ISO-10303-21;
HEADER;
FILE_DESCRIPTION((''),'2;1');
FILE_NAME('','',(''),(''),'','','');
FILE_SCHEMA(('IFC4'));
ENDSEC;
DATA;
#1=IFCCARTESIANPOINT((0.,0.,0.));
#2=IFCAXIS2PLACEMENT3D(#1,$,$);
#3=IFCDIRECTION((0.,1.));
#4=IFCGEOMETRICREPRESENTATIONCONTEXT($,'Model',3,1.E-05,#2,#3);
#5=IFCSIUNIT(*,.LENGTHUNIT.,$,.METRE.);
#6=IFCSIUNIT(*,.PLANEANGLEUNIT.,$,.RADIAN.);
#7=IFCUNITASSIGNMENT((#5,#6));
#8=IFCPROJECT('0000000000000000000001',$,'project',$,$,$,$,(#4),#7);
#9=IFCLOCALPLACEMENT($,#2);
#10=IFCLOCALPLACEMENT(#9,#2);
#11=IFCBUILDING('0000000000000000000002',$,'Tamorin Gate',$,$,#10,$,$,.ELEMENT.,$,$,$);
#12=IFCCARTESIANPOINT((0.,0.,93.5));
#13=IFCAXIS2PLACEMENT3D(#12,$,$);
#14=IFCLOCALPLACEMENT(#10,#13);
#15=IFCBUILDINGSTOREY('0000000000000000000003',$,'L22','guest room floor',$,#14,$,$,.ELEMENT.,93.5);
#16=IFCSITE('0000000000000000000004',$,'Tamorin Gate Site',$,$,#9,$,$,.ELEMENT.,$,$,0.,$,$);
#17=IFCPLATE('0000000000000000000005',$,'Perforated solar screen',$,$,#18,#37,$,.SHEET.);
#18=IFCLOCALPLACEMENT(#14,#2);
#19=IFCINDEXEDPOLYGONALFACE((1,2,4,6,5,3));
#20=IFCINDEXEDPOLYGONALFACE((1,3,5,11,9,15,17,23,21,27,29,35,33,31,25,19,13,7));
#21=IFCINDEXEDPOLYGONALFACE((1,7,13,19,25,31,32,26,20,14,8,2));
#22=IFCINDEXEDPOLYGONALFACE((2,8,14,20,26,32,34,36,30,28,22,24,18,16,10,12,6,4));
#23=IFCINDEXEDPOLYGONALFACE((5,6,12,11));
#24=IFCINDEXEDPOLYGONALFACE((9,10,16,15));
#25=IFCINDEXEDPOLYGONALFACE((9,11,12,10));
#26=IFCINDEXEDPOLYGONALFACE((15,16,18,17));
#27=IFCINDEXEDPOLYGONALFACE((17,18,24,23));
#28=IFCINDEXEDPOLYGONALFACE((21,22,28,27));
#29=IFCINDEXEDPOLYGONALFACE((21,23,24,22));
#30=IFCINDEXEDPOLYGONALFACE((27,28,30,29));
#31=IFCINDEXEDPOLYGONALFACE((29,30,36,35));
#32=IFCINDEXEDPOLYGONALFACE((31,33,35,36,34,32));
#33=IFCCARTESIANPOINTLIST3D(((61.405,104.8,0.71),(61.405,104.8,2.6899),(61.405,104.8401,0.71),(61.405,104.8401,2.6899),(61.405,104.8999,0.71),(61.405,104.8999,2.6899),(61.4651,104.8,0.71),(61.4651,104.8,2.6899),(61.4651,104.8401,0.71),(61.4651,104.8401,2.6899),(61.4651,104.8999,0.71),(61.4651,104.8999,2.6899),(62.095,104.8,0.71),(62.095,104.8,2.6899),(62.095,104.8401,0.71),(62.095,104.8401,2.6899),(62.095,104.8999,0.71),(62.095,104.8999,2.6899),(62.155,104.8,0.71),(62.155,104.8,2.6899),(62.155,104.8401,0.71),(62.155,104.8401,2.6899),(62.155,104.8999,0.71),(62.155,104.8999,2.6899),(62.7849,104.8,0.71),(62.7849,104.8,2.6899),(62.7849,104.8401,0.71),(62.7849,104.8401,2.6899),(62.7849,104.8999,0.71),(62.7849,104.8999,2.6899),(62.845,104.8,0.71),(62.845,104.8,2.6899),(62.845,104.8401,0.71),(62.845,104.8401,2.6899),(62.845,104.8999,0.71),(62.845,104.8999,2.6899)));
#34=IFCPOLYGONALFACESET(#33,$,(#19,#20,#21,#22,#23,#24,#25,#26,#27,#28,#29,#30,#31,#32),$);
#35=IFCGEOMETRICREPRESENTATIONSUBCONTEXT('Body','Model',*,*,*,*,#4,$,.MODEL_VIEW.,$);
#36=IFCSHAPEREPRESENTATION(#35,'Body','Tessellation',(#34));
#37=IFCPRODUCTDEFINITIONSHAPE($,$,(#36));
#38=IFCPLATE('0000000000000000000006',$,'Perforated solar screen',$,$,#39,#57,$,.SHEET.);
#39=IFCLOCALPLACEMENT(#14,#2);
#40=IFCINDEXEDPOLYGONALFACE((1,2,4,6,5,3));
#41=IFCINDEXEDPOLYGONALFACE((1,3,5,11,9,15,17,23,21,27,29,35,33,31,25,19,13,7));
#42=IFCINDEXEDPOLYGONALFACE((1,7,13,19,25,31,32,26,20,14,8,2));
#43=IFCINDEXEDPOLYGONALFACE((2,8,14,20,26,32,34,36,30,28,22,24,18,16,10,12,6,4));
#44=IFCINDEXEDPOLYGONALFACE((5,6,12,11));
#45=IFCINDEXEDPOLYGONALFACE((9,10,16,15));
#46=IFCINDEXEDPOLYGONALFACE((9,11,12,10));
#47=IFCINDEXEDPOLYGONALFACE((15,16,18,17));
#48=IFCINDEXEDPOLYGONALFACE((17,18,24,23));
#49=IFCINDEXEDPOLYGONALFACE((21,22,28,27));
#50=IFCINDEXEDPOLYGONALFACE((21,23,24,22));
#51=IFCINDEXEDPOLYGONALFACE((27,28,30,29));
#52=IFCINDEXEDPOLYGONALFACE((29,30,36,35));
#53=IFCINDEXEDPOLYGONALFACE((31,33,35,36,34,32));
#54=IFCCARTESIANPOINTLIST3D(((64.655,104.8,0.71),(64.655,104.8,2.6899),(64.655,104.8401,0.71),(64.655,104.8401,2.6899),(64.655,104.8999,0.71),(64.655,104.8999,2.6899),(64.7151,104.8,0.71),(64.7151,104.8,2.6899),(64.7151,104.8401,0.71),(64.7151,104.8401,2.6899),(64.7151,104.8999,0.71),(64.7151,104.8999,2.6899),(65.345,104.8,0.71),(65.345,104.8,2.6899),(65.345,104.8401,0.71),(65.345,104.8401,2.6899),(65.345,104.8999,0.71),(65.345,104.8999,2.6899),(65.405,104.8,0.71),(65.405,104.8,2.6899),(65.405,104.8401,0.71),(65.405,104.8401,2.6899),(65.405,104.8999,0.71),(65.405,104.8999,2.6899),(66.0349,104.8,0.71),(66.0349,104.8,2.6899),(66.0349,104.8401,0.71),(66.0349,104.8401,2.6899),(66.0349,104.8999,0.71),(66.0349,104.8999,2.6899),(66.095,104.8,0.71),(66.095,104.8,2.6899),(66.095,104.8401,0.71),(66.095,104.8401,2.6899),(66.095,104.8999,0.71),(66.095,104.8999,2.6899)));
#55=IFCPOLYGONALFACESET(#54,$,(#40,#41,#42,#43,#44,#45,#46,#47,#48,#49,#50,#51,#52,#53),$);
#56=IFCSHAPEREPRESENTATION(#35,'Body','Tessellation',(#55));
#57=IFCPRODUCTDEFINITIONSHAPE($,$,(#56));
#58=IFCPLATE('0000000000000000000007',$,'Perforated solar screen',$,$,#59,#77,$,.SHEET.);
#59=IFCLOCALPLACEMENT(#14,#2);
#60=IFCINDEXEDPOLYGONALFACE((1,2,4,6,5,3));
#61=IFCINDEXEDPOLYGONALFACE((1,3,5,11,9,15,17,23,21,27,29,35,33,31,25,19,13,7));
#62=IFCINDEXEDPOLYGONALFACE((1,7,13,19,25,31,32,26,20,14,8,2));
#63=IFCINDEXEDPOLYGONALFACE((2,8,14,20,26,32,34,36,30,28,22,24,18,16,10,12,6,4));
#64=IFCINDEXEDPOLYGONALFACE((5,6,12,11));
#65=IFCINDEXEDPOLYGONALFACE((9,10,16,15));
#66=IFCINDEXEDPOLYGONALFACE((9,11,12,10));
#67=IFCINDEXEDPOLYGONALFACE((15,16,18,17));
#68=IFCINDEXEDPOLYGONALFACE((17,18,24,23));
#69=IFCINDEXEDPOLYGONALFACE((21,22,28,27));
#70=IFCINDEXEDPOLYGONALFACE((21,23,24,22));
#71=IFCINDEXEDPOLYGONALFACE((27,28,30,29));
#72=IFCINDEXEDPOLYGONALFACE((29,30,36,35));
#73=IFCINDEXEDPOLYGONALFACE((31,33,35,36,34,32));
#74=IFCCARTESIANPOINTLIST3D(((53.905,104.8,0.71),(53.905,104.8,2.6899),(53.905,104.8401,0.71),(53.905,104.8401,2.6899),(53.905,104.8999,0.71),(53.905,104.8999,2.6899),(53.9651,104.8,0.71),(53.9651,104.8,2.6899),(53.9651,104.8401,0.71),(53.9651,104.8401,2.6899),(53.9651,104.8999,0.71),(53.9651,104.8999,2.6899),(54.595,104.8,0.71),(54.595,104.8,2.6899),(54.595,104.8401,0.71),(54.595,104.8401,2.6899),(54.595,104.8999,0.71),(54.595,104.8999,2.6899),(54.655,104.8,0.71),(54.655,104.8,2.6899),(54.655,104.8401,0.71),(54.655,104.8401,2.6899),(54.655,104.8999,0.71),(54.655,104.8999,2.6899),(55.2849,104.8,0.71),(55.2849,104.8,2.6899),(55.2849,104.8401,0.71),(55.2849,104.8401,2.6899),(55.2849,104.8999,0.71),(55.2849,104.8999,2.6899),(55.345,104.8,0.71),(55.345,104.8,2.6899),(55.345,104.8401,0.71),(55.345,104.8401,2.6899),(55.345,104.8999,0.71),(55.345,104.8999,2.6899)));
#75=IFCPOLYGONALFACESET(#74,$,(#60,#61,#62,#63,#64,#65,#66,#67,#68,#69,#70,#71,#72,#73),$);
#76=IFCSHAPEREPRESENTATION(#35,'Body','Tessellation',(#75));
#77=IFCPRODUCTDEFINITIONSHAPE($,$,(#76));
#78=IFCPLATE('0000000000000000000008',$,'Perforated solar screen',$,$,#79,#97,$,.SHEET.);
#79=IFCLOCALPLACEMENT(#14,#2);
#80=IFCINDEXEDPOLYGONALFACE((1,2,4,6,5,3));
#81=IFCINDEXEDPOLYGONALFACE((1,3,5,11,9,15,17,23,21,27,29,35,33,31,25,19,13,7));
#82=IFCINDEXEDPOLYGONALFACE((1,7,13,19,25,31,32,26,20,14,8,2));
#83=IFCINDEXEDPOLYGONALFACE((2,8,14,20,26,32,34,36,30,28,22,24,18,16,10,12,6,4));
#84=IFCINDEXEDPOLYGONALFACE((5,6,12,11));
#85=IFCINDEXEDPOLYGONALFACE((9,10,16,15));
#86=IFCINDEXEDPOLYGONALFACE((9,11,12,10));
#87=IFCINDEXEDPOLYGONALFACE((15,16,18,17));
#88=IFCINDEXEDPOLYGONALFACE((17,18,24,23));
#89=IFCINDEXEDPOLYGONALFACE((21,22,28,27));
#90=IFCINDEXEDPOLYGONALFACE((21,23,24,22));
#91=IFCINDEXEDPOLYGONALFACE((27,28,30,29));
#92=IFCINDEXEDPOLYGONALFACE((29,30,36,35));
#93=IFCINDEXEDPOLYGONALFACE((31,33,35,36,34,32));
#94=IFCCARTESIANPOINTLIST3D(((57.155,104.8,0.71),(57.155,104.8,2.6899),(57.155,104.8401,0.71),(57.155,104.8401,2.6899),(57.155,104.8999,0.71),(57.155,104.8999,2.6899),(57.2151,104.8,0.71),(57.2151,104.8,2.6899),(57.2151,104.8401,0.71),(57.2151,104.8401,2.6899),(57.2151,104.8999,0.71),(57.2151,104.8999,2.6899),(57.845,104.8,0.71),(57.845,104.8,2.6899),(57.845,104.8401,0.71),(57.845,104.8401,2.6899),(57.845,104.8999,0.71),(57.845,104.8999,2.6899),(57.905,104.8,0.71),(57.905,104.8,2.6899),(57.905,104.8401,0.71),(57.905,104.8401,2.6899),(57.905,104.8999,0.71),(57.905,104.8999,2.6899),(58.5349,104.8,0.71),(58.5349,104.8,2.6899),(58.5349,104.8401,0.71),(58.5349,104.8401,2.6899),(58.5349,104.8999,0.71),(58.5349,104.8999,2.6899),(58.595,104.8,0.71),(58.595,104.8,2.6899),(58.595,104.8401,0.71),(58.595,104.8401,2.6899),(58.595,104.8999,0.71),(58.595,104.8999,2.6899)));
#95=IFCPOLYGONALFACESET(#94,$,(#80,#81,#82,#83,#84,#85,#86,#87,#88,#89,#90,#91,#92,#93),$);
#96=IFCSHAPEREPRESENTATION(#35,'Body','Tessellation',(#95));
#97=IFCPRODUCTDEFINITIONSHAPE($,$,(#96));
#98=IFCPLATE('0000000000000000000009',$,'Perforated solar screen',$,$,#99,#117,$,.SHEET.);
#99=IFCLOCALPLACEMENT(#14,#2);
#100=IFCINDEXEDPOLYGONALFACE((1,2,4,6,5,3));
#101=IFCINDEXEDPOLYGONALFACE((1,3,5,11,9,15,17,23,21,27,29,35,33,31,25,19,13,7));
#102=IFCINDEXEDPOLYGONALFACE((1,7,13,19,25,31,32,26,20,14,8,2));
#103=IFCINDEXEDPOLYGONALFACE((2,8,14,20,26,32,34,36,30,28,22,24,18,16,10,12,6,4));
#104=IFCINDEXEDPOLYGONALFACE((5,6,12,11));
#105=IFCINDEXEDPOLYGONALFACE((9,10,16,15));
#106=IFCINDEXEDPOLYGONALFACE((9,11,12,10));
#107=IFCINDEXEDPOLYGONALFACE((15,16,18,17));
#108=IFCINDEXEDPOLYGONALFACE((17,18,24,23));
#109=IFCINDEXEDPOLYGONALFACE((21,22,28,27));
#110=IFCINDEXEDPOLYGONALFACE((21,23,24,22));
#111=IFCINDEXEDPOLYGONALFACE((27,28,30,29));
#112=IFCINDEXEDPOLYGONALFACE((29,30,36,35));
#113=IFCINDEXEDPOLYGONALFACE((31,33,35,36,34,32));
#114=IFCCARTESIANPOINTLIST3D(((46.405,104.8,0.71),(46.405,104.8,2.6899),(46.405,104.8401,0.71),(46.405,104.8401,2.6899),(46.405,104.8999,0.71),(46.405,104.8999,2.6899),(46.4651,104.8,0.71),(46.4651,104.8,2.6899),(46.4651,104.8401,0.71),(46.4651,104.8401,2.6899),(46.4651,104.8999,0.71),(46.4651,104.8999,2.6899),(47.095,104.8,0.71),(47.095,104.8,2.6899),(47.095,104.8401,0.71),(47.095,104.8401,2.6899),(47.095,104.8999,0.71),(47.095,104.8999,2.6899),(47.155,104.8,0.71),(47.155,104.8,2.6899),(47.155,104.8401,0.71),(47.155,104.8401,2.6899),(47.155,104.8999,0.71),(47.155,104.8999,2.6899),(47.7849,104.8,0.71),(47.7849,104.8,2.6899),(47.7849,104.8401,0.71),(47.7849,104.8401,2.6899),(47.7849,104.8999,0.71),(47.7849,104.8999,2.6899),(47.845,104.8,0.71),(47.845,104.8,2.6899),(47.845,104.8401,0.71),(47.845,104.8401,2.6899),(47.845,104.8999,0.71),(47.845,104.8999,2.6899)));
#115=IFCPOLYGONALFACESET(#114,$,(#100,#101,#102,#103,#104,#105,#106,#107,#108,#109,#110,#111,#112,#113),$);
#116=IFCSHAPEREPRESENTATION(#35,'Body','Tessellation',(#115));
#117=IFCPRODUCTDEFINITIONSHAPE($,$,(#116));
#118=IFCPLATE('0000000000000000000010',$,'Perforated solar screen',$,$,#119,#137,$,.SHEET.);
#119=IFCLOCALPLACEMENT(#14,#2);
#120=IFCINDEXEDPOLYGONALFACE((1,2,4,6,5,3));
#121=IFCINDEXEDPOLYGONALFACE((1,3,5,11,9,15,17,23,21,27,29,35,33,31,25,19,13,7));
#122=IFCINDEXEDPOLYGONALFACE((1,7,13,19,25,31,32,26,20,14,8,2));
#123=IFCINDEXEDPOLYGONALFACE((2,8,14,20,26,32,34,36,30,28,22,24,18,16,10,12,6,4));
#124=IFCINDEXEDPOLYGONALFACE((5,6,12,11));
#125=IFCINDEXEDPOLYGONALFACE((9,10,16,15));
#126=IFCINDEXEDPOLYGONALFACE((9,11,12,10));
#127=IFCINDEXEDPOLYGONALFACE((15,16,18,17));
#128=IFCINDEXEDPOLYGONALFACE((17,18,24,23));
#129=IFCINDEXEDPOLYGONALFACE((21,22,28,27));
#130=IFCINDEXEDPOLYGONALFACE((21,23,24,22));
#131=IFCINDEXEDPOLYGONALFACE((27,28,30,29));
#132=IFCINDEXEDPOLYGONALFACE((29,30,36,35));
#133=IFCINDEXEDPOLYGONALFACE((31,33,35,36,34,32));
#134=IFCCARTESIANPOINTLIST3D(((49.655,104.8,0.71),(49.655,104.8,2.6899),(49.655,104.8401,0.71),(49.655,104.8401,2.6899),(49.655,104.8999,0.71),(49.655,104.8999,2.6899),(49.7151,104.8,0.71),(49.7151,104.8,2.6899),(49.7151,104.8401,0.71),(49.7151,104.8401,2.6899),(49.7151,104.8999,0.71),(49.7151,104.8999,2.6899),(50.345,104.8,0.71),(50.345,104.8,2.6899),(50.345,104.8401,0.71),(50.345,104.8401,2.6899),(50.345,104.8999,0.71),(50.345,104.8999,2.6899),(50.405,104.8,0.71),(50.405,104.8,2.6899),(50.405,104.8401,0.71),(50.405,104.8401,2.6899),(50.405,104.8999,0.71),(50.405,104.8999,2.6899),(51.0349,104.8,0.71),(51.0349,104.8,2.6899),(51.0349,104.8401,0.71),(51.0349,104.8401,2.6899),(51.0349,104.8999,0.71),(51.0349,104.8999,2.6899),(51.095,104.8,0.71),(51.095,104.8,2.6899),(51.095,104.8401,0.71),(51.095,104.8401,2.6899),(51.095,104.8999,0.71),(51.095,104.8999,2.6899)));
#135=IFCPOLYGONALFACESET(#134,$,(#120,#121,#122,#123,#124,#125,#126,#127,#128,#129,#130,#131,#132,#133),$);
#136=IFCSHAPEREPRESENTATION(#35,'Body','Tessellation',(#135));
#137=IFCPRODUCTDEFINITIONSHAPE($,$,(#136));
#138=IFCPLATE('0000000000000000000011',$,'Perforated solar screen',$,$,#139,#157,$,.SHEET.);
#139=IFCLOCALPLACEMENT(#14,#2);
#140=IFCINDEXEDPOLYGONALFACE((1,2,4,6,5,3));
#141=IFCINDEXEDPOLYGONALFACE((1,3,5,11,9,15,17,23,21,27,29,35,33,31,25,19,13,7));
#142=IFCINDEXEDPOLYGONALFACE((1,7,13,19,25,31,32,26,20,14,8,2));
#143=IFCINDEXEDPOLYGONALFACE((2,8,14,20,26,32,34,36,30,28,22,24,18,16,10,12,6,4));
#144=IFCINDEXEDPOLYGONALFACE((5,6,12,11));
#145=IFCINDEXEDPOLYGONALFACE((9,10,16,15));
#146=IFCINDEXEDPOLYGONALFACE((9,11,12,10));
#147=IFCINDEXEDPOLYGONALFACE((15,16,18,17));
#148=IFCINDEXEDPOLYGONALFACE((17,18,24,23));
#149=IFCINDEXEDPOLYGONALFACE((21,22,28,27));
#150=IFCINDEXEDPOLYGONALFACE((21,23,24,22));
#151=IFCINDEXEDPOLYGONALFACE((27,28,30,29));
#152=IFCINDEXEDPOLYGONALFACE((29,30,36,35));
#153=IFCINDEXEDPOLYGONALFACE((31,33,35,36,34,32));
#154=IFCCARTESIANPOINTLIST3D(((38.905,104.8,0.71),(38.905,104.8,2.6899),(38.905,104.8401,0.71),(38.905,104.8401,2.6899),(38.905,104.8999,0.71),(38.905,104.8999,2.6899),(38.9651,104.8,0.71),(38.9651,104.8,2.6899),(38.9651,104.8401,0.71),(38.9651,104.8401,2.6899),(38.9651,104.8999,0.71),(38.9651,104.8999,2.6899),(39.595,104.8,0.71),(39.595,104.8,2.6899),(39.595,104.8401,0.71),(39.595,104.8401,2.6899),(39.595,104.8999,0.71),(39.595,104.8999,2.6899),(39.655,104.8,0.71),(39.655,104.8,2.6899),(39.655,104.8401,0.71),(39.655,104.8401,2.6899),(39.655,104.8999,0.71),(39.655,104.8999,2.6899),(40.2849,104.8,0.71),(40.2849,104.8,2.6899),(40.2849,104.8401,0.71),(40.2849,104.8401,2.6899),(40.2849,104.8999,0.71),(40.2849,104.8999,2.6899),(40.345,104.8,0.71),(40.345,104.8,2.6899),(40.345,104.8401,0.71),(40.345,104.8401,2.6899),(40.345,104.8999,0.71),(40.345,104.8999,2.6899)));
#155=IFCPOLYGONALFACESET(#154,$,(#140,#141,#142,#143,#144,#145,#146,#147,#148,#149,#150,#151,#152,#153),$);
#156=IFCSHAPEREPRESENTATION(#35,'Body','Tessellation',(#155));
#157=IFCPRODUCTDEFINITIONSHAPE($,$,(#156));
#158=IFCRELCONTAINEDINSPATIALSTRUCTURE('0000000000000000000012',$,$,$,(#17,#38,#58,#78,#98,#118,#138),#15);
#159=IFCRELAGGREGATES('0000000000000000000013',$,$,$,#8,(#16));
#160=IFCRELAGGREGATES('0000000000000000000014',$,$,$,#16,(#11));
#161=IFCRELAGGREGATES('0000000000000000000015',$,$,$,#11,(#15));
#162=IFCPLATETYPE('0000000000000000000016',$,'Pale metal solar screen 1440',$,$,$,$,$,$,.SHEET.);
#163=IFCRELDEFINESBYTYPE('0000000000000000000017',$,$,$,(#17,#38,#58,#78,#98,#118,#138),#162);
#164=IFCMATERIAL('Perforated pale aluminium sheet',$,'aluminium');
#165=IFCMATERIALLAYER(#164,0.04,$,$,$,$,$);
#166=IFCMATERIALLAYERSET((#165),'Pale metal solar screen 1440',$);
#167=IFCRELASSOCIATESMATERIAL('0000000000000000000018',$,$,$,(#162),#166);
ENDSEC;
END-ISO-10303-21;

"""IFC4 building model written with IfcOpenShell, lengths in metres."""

from ifc_helpers import new_model, si_unit, direction, frame, origin, place, context, subcontext, project, spatial, polyline, outline, extrude, material, layer, layer_set, type_object, element, save


model = new_model("IFC4")

# Units and contexts
model_context = context("Model", 3, precision=1e-05, world=origin(), true_north=direction((0.0, 1.0)))
body_context = subcontext(model_context, "Body", "Model", "MODEL_VIEW")
ifc_project = project(units=[si_unit("LENGTHUNIT", "METRE"), si_unit("PLANEANGLEUNIT", "RADIAN")], contexts=[model_context])

# Site, building, storey
site_placement = place(None, origin())
site = spatial("IfcSite", under=ifc_project, at=site_placement, Name="Tamorin Gate Site", CompositionType="ELEMENT", RefElevation=0.0)
building_placement = place(site_placement, origin())
building = spatial("IfcBuilding", under=site, at=building_placement, Name="Tamorin Gate", CompositionType="ELEMENT")
storey_placement = place(building_placement, frame((0.0, 0.0, 93.5)))
storey = spatial("IfcBuildingStorey", under=building, at=storey_placement, Name="L22", Description="guest room floor", CompositionType="ELEMENT", Elevation=93.5)

# Plates
ifc_material = material(Name="Perforated pale aluminium sheet", Category="aluminium")
ifc_layer = layer(ifc_material, 0.04)
ifc_layer_set = layer_set([ifc_layer], Name="Pale metal solar screen 1440")
plate_type = type_object("IfcPlateType", Name="Pale metal solar screen 1440", PredefinedType="SHEET", material=ifc_layer_set)
plate_1_placement = place(storey_placement, frame((0.0, 0.0, 0.71)))
element("IfcPlate", 1, at=plate_1_placement, inside=storey, type_object=plate_type, Name="Perforated solar screen", PredefinedType="SHEET", context=body_context, shape_type="SweptSolid", body=[
    extrude(outline(polyline([(62.845, 104.8401), (62.845, 104.8), (62.7849, 104.8), (62.155, 104.8), (62.095, 104.8), (61.4651, 104.8), (61.405, 104.8), (61.405, 104.8401), (61.405, 104.8999), (61.4651, 104.8999), (61.4651, 104.8401), (62.095, 104.8401), (62.095, 104.8999), (62.155, 104.8999), (62.155, 104.8401), (62.7849, 104.8401), (62.7849, 104.8999), (62.845, 104.8999), (62.845, 104.8401)])), origin(), (0.0, 0.0, 1.0), 1.98),
])
plate_2_placement = place(storey_placement, frame((0.0, 0.0, 0.71)))
element("IfcPlate", 2, at=plate_2_placement, inside=storey, type_object=plate_type, Name="Perforated solar screen", PredefinedType="SHEET", context=body_context, shape_type="SweptSolid", body=[
    extrude(outline(polyline([(66.095, 104.8401), (66.095, 104.8), (66.0349, 104.8), (65.405, 104.8), (65.345, 104.8), (64.7151, 104.8), (64.655, 104.8), (64.655, 104.8401), (64.655, 104.8999), (64.7151, 104.8999), (64.7151, 104.8401), (65.345, 104.8401), (65.345, 104.8999), (65.405, 104.8999), (65.405, 104.8401), (66.0349, 104.8401), (66.0349, 104.8999), (66.095, 104.8999), (66.095, 104.8401)])), origin(), (0.0, 0.0, 1.0), 1.98),
])
plate_3_placement = place(storey_placement, frame((0.0, 0.0, 0.71)))
element("IfcPlate", 3, at=plate_3_placement, inside=storey, type_object=plate_type, Name="Perforated solar screen", PredefinedType="SHEET", context=body_context, shape_type="SweptSolid", body=[
    extrude(outline(polyline([(55.345, 104.8401), (55.345, 104.8), (55.2849, 104.8), (54.655, 104.8), (54.595, 104.8), (53.9651, 104.8), (53.905, 104.8), (53.905, 104.8401), (53.905, 104.8999), (53.9651, 104.8999), (53.9651, 104.8401), (54.595, 104.8401), (54.595, 104.8999), (54.655, 104.8999), (54.655, 104.8401), (55.2849, 104.8401), (55.2849, 104.8999), (55.345, 104.8999), (55.345, 104.8401)])), origin(), (0.0, 0.0, 1.0), 1.98),
])
plate_4_placement = place(storey_placement, frame((0.0, 0.0, 0.71)))
element("IfcPlate", 4, at=plate_4_placement, inside=storey, type_object=plate_type, Name="Perforated solar screen", PredefinedType="SHEET", context=body_context, shape_type="SweptSolid", body=[
    extrude(outline(polyline([(58.595, 104.8401), (58.595, 104.8), (58.5349, 104.8), (57.905, 104.8), (57.845, 104.8), (57.2151, 104.8), (57.155, 104.8), (57.155, 104.8401), (57.155, 104.8999), (57.2151, 104.8999), (57.2151, 104.8401), (57.845, 104.8401), (57.845, 104.8999), (57.905, 104.8999), (57.905, 104.8401), (58.5349, 104.8401), (58.5349, 104.8999), (58.595, 104.8999), (58.595, 104.8401)])), origin(), (0.0, 0.0, 1.0), 1.98),
])
plate_5_placement = place(storey_placement, frame((0.0, 0.0, 0.71)))
element("IfcPlate", 5, at=plate_5_placement, inside=storey, type_object=plate_type, Name="Perforated solar screen", PredefinedType="SHEET", context=body_context, shape_type="SweptSolid", body=[
    extrude(outline(polyline([(47.845, 104.8401), (47.845, 104.8), (47.7849, 104.8), (47.155, 104.8), (47.095, 104.8), (46.4651, 104.8), (46.405, 104.8), (46.405, 104.8401), (46.405, 104.8999), (46.4651, 104.8999), (46.4651, 104.8401), (47.095, 104.8401), (47.095, 104.8999), (47.155, 104.8999), (47.155, 104.8401), (47.7849, 104.8401), (47.7849, 104.8999), (47.845, 104.8999), (47.845, 104.8401)])), origin(), (0.0, 0.0, 1.0), 1.98),
])
plate_6_placement = place(storey_placement, frame((0.0, 0.0, 0.71)))
element("IfcPlate", 6, at=plate_6_placement, inside=storey, type_object=plate_type, Name="Perforated solar screen", PredefinedType="SHEET", context=body_context, shape_type="SweptSolid", body=[
    extrude(outline(polyline([(51.095, 104.8401), (51.095, 104.8), (51.0349, 104.8), (50.405, 104.8), (50.345, 104.8), (49.7151, 104.8), (49.655, 104.8), (49.655, 104.8401), (49.655, 104.8999), (49.7151, 104.8999), (49.7151, 104.8401), (50.345, 104.8401), (50.345, 104.8999), (50.405, 104.8999), (50.405, 104.8401), (51.0349, 104.8401), (51.0349, 104.8999), (51.095, 104.8999), (51.095, 104.8401)])), origin(), (0.0, 0.0, 1.0), 1.98),
])
plate_7_placement = place(storey_placement, frame((0.0, 0.0, 0.71)))
element("IfcPlate", 7, at=plate_7_placement, inside=storey, type_object=plate_type, Name="Perforated solar screen", PredefinedType="SHEET", context=body_context, shape_type="SweptSolid", body=[
    extrude(outline(polyline([(40.345, 104.8401), (40.345, 104.8), (40.2849, 104.8), (39.655, 104.8), (39.595, 104.8), (38.9651, 104.8), (38.905, 104.8), (38.905, 104.8401), (38.905, 104.8999), (38.9651, 104.8999), (38.9651, 104.8401), (39.595, 104.8401), (39.595, 104.8999), (39.655, 104.8999), (39.655, 104.8401), (40.2849, 104.8401), (40.2849, 104.8999), (40.345, 104.8999), (40.345, 104.8401)])), origin(), (0.0, 0.0, 1.0), 1.98),
])

save(model, "model.ifc")
